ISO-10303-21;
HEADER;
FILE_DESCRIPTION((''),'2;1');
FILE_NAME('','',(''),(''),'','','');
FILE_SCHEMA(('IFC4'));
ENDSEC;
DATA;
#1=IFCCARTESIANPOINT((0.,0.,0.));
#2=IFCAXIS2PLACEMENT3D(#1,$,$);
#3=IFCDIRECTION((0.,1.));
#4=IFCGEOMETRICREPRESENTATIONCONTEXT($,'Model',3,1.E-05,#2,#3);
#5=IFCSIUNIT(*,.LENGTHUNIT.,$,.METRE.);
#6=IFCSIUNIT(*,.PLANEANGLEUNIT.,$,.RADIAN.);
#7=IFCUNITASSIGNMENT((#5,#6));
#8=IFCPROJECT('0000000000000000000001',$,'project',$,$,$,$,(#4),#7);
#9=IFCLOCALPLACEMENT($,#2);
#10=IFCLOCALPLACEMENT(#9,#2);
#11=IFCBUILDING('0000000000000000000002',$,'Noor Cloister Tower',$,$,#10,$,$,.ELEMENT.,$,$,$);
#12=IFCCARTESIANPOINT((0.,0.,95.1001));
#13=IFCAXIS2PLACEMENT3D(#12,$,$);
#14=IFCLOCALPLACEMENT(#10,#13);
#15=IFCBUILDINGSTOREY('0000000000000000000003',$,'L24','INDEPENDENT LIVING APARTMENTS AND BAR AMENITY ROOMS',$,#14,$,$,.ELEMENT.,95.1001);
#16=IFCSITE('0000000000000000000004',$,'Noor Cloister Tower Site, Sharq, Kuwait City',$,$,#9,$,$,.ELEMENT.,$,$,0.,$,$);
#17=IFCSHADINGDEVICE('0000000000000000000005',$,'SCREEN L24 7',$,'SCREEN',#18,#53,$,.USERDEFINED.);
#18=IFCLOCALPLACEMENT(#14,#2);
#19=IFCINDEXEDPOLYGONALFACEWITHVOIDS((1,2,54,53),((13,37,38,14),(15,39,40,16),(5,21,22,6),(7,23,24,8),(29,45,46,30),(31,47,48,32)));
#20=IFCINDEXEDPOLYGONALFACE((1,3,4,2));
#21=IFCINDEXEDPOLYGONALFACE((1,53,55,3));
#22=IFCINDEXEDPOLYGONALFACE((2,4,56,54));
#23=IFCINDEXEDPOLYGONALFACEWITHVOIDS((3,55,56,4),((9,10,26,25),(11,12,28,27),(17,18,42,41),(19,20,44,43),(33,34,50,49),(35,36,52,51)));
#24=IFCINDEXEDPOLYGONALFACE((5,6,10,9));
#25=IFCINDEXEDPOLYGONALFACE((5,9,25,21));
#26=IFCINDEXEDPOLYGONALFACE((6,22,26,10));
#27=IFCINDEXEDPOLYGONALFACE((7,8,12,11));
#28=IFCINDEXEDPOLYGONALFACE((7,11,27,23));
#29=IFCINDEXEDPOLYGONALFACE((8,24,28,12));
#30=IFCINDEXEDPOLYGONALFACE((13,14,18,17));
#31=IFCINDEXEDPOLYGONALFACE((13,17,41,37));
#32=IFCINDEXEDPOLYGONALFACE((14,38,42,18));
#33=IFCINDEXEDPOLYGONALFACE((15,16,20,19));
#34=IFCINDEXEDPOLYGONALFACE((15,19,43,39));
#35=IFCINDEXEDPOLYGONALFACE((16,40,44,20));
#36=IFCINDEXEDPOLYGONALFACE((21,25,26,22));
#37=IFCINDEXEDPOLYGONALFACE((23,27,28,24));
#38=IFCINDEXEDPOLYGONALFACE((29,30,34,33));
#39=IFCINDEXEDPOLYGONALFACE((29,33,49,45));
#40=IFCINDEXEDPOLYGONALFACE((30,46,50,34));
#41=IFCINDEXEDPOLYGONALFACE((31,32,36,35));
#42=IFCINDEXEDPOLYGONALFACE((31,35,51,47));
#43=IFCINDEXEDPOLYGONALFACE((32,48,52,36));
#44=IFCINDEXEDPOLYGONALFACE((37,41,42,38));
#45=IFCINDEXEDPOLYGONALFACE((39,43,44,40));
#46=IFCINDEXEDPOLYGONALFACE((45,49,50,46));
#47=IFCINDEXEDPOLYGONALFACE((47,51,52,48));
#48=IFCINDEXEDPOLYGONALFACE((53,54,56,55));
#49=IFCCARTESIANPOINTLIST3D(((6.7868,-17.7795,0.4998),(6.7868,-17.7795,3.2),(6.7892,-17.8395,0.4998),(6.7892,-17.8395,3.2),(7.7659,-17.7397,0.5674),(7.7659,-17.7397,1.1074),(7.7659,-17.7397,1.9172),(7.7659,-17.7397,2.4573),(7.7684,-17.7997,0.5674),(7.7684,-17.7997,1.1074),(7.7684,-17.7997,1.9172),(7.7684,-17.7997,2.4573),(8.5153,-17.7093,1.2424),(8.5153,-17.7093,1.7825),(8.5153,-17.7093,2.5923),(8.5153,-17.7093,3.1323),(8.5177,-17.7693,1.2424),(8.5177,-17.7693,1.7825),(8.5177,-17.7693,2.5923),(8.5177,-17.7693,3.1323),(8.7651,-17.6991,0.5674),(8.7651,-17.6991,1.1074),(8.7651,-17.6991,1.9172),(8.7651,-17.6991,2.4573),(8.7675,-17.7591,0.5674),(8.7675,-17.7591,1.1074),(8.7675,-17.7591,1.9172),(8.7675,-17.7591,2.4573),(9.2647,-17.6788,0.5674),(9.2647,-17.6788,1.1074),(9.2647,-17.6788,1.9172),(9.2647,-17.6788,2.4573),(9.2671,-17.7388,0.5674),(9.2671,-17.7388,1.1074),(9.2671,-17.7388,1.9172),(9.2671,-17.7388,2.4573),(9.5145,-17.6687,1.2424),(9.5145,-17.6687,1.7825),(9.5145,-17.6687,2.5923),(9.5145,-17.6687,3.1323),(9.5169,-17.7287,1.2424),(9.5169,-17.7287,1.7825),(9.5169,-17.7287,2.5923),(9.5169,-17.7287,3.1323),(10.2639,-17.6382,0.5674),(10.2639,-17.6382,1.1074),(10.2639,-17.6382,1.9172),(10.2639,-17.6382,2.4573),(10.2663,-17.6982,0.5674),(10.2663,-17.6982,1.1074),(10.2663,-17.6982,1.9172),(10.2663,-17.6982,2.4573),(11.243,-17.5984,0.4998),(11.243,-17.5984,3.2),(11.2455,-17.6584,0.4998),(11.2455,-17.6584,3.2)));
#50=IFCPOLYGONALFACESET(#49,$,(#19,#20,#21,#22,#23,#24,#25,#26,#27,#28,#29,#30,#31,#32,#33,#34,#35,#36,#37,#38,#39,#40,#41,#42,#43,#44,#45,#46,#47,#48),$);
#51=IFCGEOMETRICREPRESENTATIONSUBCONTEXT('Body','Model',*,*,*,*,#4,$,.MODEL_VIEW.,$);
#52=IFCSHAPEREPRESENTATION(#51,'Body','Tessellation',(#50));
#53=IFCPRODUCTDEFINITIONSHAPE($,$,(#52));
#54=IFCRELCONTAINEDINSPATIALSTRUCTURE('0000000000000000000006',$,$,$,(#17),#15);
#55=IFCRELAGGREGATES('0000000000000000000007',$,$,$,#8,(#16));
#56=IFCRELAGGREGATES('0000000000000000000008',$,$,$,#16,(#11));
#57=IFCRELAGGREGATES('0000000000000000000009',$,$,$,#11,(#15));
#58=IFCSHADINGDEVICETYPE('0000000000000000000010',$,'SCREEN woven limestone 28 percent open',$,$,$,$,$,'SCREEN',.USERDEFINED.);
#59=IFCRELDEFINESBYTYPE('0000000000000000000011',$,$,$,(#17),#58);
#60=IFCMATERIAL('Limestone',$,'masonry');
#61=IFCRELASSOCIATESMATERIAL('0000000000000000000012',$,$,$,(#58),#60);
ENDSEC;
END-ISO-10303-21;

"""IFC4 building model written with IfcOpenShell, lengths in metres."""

from ifc_helpers import new_model, si_unit, direction, frame, origin, place, context, subcontext, project, spatial, polyline, outline, extrude, material, material_profile, profile_set, type_object, element, save


model = new_model("IFC4")

# Units and contexts
model_context = context("Model", 3, precision=1e-05, world=origin(), true_north=direction((0.0, 1.0)))
body_context = subcontext(model_context, "Body", "Model", "MODEL_VIEW")
ifc_project = project(units=[si_unit("LENGTHUNIT", "METRE"), si_unit("PLANEANGLEUNIT", "RADIAN")], contexts=[model_context])

# Site, building, storey
site_placement = place(None, origin())
site = spatial("IfcSite", under=ifc_project, at=site_placement, Name="Noor Cloister Tower Site, Sharq, Kuwait City", CompositionType="ELEMENT", RefElevation=0.0)
building_placement = place(site_placement, origin())
building = spatial("IfcBuilding", under=site, at=building_placement, Name="Noor Cloister Tower", CompositionType="ELEMENT")
storey_placement = place(building_placement, frame((0.0, 0.0, 95.1001)))
storey = spatial("IfcBuildingStorey", under=building, at=storey_placement, Name="L24", Description="INDEPENDENT LIVING APARTMENTS AND BAR AMENITY ROOMS", CompositionType="ELEMENT", Elevation=95.1001)

# Shading device
ifc_material_1 = material(Name="Limestone", Category="masonry")
ifc_material_profile_1 = material_profile(ifc_material_1, outline(polyline([(-2.23, -1.3501), (2.23, -1.3501), (2.23, 1.3501), (-2.23, 1.3501), (-2.23, -1.3501)]), holes=[polyline([(-1.25, -1.2825), (-0.25, -1.2825), (-0.25, -0.7424), (-1.25, -0.7424), (-1.25, -1.2825)]), polyline([(0.25, -1.2825), (1.25, -1.2825), (1.25, -0.7424), (0.25, -0.7424), (0.25, -1.2825)]), polyline([(-0.5, -0.6074), (0.5, -0.6074), (0.5, -0.0674), (-0.5, -0.0674), (-0.5, -0.6074)]), polyline([(-1.25, 0.0674), (-0.25, 0.0674), (-0.25, 0.6074), (-1.25, 0.6074), (-1.25, 0.0674)]), polyline([(0.25, 0.0674), (1.25, 0.0674), (1.25, 0.6074), (0.25, 0.6074), (0.25, 0.0674)]), polyline([(-0.5, 0.7424), (0.5, 0.7424), (0.5, 1.2825), (-0.5, 1.2825), (-0.5, 0.7424)])]), Name="Woven screen 28 percent open")
ifc_profile_set_1 = profile_set([ifc_material_profile_1], Name="Limestone")
shading_device_type = type_object("IfcShadingDeviceType", Name="SCREEN woven limestone 28 percent open", ElementType="SCREEN", PredefinedType="USERDEFINED", material=ifc_profile_set_1)
for number, where, z_axis, x_axis, name in (
    (1, (9.0149, -17.689, 1.8499), (0.040617, -0.999175, 0.0), (0.999175, 0.040617, 0.0), "SCREEN L24 7"),
):
    element("IfcShadingDevice", number, at=place(storey_placement, frame(where, z_axis=z_axis, x_axis=x_axis)), inside=storey, type_object=shading_device_type, Name=name, ObjectType="SCREEN", PredefinedType="USERDEFINED", context=body_context, shape_type="SweptSolid", body=[
        extrude(outline(polyline([(-2.23, -1.3501), (2.23, -1.3501), (2.23, 1.3501), (-2.23, 1.3501), (-2.23, -1.3501)]), holes=[polyline([(-1.25, -1.2825), (-0.25, -1.2825), (-0.25, -0.7424), (-1.25, -0.7424), (-1.25, -1.2825)]), polyline([(0.25, -1.2825), (1.25, -1.2825), (1.25, -0.7424), (0.25, -0.7424), (0.25, -1.2825)]), polyline([(-0.5, -0.6074), (0.5, -0.6074), (0.5, -0.0674), (-0.5, -0.0674), (-0.5, -0.6074)]), polyline([(-1.25, 0.0674), (-0.25, 0.0674), (-0.25, 0.6074), (-1.25, 0.6074), (-1.25, 0.0674)]), polyline([(0.25, 0.0674), (1.25, 0.0674), (1.25, 0.6074), (0.25, 0.6074), (0.25, 0.0674)]), polyline([(-0.5, 0.7424), (0.5, 0.7424), (0.5, 1.2825), (-0.5, 1.2825), (-0.5, 0.7424)])]), origin(), (0.0, 0.0, 1.0), 0.0601),
    ])

save(model, "model.ifc")
